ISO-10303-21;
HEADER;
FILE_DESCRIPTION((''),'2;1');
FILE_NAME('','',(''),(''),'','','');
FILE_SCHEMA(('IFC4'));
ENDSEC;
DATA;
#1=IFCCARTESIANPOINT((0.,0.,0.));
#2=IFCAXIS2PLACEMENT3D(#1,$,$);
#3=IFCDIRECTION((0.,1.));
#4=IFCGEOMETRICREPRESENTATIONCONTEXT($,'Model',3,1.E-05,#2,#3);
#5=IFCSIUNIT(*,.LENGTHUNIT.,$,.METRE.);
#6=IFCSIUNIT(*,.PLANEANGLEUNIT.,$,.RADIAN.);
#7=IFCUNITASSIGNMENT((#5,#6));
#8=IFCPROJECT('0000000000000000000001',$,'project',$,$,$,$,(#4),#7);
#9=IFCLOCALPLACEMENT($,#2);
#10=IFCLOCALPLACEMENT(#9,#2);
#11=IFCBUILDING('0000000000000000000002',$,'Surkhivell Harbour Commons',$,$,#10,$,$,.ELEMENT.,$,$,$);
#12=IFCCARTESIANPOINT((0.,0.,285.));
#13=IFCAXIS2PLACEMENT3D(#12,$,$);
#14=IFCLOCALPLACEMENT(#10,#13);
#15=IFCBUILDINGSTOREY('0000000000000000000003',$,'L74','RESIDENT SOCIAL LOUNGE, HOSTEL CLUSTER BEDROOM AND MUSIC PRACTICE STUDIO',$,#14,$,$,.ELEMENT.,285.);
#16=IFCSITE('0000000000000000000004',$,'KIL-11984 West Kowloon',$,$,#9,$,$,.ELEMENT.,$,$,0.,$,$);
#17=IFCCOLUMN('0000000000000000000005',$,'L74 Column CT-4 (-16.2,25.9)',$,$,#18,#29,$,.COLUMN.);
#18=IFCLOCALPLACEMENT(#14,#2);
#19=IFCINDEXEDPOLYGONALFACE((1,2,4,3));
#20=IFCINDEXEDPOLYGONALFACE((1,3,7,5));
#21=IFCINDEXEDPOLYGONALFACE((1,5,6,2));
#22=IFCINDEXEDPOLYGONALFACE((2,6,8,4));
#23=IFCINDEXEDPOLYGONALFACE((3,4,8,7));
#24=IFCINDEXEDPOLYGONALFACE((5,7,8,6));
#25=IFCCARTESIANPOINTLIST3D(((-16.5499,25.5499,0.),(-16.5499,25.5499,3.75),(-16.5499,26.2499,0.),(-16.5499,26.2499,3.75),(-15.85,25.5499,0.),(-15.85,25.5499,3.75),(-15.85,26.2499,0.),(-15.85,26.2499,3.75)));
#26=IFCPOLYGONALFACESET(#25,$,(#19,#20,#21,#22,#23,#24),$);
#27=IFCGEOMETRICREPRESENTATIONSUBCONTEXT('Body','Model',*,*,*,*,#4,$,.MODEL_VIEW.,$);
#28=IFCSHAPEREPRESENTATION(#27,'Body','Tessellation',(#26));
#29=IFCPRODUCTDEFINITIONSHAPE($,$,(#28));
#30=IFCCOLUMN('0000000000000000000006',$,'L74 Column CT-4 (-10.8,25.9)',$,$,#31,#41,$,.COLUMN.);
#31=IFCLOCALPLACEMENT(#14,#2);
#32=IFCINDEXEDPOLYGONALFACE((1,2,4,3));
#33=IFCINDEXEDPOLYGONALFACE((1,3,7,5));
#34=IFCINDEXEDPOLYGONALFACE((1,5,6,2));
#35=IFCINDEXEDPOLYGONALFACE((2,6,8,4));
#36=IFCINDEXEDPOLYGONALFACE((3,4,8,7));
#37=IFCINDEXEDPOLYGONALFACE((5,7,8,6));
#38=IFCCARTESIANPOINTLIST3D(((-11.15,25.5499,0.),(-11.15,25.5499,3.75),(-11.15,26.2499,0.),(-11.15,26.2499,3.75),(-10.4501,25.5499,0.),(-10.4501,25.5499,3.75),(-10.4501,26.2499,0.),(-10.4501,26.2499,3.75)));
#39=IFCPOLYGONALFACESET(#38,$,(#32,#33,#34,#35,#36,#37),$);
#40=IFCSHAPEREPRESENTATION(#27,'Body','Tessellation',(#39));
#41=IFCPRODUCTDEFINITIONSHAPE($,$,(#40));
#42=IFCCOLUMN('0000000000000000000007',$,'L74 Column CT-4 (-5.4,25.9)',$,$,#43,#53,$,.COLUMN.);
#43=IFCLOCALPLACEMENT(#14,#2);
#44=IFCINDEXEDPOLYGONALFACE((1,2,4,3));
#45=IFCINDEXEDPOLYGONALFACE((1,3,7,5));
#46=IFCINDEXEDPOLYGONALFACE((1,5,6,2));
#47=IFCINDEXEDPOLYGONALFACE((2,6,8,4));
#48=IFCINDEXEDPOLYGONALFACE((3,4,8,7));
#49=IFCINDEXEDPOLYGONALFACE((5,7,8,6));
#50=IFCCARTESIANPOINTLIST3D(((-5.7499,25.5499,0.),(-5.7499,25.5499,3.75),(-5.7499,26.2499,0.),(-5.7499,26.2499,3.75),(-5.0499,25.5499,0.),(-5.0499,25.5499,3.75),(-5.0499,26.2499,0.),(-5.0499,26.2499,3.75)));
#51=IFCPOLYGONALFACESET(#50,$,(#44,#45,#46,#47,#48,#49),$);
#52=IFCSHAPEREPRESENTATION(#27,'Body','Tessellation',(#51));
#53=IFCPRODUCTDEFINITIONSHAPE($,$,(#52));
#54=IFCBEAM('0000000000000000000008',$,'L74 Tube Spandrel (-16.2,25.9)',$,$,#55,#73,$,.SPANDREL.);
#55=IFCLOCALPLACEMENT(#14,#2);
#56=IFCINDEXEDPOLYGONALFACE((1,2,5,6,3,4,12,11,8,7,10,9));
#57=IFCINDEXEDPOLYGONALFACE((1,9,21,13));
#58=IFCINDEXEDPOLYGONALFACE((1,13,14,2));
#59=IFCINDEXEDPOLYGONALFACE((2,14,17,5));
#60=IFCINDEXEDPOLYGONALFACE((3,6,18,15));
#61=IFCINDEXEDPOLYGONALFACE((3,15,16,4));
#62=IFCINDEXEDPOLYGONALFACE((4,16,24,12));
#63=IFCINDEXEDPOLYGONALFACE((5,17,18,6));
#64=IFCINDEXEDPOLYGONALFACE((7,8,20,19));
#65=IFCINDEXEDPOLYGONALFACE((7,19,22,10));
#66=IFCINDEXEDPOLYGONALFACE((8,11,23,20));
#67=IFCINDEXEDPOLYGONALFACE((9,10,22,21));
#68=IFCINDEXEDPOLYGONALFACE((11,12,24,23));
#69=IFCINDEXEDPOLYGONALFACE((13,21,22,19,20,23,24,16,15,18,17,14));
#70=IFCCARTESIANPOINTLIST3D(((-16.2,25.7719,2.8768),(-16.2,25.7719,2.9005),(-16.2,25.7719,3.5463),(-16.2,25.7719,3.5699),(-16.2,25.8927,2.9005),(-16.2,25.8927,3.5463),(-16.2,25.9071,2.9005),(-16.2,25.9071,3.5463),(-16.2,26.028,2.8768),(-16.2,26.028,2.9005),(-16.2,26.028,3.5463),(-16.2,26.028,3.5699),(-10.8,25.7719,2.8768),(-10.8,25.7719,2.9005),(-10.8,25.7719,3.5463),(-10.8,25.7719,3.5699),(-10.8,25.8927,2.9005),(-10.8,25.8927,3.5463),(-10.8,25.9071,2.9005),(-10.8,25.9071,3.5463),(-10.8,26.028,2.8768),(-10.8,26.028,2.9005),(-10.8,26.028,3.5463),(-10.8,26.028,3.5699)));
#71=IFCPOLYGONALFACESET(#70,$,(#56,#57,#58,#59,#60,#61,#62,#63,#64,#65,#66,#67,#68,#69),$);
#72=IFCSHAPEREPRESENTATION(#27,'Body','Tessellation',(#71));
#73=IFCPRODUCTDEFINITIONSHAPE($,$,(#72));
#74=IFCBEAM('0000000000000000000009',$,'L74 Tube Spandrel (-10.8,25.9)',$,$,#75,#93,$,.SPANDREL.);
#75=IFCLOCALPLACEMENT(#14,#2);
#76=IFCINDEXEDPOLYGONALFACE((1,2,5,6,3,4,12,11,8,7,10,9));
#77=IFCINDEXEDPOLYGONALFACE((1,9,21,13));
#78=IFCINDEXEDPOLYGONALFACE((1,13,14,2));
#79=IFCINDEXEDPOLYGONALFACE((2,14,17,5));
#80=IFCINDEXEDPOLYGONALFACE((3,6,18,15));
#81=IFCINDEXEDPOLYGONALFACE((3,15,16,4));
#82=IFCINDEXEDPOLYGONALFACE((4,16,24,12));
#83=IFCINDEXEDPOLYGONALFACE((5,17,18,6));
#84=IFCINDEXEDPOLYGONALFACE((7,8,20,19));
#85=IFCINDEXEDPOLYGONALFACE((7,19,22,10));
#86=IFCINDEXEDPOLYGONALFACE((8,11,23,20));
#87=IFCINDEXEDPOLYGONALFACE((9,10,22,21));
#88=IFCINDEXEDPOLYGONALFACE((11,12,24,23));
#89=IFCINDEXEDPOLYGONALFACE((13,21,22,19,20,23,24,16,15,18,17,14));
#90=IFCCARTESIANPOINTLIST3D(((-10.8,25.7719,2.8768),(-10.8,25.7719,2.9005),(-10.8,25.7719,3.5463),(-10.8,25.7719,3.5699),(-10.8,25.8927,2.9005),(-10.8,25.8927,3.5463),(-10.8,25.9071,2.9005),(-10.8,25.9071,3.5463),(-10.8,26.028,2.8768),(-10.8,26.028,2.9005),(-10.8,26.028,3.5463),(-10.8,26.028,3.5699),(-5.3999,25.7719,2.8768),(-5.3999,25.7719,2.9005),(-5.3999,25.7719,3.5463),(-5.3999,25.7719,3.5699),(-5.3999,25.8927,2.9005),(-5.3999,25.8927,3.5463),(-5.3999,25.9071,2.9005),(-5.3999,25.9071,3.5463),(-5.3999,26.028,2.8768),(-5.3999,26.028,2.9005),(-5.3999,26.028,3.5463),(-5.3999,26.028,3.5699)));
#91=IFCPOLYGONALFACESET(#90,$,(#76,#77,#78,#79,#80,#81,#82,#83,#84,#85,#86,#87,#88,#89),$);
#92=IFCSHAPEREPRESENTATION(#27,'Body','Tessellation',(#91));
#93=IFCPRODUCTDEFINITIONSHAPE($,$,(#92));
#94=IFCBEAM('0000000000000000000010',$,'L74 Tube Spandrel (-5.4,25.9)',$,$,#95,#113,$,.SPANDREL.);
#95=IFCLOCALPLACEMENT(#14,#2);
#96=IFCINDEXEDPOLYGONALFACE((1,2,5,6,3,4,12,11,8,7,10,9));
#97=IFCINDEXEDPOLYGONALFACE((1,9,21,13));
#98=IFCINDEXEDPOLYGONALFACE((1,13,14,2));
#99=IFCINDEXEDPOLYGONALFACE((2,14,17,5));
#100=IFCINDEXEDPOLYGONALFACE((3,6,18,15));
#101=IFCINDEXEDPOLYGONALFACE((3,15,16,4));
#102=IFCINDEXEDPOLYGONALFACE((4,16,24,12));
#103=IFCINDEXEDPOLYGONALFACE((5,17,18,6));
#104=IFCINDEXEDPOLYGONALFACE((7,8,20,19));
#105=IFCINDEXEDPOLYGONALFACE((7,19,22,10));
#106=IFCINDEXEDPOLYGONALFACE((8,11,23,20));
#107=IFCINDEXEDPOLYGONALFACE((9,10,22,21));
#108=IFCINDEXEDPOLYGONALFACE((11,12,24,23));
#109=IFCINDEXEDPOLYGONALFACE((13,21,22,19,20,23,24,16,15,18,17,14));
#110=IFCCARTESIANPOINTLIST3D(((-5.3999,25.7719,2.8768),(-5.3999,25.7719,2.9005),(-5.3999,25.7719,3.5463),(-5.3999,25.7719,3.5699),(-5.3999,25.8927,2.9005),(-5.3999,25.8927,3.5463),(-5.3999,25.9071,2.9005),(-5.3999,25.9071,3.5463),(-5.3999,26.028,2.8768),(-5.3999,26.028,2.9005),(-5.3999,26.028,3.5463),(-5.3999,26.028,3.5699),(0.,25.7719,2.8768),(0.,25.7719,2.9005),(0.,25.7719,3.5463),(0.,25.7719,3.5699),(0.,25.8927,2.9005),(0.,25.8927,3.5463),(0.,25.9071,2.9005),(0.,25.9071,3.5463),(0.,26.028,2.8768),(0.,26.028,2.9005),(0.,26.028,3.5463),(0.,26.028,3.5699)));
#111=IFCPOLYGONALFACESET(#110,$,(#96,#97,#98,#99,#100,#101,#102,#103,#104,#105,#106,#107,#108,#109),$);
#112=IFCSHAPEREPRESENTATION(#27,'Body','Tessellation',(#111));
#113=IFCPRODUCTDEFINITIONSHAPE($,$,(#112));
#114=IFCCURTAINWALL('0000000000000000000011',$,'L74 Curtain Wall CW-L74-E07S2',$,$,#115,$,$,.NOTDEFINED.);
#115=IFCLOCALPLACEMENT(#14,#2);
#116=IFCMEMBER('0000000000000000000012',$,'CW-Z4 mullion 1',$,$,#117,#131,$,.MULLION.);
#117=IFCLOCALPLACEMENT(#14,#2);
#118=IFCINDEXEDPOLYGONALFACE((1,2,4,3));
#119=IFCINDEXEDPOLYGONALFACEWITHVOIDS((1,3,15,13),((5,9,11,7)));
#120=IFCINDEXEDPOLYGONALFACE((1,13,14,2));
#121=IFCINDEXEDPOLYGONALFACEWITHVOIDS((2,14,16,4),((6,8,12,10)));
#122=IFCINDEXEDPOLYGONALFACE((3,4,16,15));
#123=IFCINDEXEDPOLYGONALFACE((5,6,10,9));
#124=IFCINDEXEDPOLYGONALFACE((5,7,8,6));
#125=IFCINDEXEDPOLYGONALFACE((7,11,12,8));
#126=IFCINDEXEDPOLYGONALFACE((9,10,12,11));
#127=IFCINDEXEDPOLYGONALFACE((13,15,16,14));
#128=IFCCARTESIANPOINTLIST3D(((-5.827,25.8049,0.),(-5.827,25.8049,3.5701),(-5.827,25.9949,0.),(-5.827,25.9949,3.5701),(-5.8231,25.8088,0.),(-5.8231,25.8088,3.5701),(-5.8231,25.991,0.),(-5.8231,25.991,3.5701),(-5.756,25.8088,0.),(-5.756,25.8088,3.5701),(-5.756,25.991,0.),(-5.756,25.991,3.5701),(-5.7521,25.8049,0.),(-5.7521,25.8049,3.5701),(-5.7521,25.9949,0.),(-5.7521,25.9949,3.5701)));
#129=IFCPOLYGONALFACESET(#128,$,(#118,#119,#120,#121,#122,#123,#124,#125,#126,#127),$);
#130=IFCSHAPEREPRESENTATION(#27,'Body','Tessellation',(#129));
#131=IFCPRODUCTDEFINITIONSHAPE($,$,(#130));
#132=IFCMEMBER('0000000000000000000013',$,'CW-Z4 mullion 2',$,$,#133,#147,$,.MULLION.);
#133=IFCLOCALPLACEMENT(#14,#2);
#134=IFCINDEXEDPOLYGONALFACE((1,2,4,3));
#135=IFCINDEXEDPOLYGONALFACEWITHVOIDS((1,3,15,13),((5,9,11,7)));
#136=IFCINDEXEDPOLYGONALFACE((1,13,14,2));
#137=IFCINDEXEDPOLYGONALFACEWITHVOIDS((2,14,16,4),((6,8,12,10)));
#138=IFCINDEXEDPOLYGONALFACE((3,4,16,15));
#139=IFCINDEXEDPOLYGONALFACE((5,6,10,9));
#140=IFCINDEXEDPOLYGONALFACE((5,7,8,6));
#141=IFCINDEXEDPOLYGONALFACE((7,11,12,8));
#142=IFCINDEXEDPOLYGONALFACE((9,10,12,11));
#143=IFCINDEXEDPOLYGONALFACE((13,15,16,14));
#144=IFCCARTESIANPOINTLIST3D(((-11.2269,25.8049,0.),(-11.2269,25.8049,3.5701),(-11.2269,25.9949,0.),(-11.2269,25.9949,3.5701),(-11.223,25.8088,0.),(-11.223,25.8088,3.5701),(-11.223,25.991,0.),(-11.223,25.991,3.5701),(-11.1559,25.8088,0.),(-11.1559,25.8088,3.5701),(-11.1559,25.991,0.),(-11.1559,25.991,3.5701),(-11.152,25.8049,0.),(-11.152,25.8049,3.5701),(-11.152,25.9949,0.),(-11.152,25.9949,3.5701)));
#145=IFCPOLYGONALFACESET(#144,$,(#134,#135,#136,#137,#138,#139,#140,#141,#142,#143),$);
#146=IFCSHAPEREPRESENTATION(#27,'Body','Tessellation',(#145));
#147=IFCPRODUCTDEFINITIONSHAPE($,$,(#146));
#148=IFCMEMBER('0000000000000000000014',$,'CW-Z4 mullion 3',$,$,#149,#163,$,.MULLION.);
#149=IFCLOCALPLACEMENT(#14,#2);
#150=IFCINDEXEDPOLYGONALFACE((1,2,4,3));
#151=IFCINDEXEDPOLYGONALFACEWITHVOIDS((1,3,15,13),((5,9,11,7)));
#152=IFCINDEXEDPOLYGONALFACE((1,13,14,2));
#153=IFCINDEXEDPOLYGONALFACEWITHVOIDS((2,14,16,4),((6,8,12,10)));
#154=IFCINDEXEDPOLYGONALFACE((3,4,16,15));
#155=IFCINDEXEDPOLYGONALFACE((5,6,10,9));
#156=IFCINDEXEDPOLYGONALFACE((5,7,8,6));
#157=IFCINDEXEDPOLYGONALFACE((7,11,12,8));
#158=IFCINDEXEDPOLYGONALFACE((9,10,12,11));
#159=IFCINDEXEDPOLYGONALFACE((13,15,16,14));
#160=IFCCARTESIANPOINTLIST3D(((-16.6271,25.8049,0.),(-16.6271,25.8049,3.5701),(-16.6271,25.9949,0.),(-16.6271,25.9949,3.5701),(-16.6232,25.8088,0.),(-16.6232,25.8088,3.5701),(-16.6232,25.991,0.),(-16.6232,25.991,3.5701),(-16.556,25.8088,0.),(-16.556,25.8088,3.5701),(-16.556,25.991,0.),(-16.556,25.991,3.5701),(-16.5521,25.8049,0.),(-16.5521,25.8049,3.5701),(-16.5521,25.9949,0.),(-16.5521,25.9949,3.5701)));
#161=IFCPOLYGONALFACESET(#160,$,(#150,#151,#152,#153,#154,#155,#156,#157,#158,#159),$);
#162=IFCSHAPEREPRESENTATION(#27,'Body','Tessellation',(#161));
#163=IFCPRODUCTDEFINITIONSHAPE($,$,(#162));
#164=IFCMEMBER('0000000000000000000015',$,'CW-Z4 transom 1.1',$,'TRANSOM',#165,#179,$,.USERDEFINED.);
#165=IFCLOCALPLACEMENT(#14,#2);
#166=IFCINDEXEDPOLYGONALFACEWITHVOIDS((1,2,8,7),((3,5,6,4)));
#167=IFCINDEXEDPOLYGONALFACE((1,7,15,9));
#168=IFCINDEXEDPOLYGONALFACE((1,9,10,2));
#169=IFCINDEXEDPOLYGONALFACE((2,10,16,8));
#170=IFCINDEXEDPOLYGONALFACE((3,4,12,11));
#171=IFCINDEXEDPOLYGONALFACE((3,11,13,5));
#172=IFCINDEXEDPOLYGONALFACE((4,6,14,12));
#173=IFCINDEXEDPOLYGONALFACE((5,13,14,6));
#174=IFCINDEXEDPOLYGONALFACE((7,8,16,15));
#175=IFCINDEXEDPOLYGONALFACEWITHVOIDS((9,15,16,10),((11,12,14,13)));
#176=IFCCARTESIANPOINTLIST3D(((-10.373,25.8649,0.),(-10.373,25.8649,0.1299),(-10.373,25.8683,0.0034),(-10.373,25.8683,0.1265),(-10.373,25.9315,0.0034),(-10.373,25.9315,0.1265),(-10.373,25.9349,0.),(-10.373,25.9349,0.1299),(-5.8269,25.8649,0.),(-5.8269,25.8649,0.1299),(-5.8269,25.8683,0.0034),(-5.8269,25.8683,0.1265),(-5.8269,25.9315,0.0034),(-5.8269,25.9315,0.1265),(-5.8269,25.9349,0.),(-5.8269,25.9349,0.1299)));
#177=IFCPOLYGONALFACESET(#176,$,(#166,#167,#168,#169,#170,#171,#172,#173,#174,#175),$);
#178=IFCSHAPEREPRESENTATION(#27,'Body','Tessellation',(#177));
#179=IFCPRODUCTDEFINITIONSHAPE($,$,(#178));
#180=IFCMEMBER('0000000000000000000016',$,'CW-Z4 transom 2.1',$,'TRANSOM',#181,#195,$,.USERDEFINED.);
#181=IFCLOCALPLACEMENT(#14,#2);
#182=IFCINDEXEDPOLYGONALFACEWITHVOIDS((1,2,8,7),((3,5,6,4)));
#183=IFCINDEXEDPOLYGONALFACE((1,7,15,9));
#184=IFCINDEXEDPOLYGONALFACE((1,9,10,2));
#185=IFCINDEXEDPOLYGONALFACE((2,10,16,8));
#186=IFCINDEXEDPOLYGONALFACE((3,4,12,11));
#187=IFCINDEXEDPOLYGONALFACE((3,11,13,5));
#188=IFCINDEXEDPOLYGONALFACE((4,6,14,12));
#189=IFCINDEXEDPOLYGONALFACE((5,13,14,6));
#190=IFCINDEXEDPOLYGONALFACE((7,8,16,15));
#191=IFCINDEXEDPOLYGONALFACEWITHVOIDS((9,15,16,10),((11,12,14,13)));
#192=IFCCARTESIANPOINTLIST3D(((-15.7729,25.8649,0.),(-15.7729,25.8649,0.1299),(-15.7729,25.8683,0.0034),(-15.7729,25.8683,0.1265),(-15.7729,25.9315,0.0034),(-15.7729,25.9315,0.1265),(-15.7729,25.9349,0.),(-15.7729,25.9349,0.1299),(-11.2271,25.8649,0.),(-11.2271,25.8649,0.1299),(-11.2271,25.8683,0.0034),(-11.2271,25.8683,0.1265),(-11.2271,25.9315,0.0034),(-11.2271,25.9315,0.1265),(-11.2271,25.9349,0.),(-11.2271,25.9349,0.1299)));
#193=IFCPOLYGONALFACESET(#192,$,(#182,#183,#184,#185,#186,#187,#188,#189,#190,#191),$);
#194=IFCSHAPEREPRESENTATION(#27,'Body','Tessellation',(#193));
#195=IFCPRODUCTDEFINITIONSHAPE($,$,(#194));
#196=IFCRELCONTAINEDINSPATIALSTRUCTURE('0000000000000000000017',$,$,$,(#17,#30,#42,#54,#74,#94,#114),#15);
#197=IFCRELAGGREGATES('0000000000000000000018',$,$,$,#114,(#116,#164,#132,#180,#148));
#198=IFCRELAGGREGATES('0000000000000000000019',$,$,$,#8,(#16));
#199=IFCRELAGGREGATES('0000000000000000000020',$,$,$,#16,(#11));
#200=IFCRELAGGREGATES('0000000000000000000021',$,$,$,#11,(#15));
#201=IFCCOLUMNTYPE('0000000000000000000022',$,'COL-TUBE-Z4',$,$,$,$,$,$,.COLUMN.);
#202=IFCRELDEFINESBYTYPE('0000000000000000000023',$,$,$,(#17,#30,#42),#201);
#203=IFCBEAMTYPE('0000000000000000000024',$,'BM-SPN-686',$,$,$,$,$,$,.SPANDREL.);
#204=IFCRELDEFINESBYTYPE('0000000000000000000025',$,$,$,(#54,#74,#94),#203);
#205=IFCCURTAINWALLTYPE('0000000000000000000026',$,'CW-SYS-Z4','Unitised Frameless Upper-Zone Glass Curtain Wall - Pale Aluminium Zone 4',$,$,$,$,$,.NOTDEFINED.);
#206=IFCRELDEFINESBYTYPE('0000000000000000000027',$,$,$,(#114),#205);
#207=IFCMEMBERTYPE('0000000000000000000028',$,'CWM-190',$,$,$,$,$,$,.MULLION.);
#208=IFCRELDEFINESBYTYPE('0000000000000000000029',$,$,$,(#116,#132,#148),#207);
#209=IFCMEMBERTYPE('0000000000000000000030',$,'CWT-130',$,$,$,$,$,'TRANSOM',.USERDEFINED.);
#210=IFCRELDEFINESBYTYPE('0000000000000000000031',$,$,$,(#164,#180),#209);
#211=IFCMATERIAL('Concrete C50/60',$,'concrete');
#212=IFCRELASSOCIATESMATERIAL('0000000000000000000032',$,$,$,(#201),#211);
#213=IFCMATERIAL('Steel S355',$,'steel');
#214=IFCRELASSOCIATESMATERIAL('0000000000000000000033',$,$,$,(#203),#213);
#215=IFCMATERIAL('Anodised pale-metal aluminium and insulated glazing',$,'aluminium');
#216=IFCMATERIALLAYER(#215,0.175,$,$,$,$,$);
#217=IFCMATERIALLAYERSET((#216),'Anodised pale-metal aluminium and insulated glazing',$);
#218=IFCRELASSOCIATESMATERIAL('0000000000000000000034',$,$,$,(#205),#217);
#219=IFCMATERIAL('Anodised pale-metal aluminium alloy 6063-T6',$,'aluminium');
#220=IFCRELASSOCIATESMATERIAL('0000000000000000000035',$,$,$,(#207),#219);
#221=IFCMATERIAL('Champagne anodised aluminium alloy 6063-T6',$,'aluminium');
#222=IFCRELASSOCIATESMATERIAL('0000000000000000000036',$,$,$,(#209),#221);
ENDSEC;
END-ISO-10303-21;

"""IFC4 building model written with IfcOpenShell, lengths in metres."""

from ifc_helpers import new_model, si_unit, direction, frame, origin, origin_2d, place, context, subcontext, project, spatial, rectangle, hollow_rectangle, i_section, extrude, material, layer, layer_set, material_profile, profile_set, type_object, element, aggregate, save


model = new_model("IFC4")

# Units and contexts
model_context = context("Model", 3, precision=1e-05, world=origin(), true_north=direction((0.0, 1.0)))
body_context = subcontext(model_context, "Body", "Model", "MODEL_VIEW")
ifc_project = project(units=[si_unit("LENGTHUNIT", "METRE"), si_unit("PLANEANGLEUNIT", "RADIAN")], contexts=[model_context])

# Site, building, storey
site_placement = place(None, origin())
site = spatial("IfcSite", under=ifc_project, at=site_placement, Name="KIL-11984 West Kowloon", CompositionType="ELEMENT", RefElevation=0.0)
building_placement = place(site_placement, origin())
building = spatial("IfcBuilding", under=site, at=building_placement, Name="Surkhivell Harbour Commons", CompositionType="ELEMENT")
storey_placement = place(building_placement, frame((0.0, 0.0, 285.0)))
storey = spatial("IfcBuildingStorey", under=building, at=storey_placement, Name="L74", Description="RESIDENT SOCIAL LOUNGE, HOSTEL CLUSTER BEDROOM AND MUSIC PRACTICE STUDIO", CompositionType="ELEMENT", Elevation=285.0)

# Columns
ifc_material_1 = material(Name="Concrete C50/60", Category="concrete")
ifc_material_profile_1 = material_profile(ifc_material_1, rectangle(XDim=0.7, YDim=0.7, at=origin_2d()), Name="RC-COL-700x700")
ifc_profile_set_1 = profile_set([ifc_material_profile_1], Name="Concrete C50/60")
column_type = type_object("IfcColumnType", Name="COL-TUBE-Z4", PredefinedType="COLUMN", material=ifc_profile_set_1)
for number, where, z_axis, x_axis, name in (
    (1, (-16.2, 25.8999, 0.0), (0.0, 0.0, 1.0), (1.0, 0.0, 0.0), "L74 Column CT-4 (-16.2,25.9)"),
    (2, (-10.8, 25.8999, 0.0), (0.0, 0.0, 1.0), (1.0, 0.0, 0.0), "L74 Column CT-4 (-10.8,25.9)"),
    (3, (-5.3999, 25.8999, 0.0), (0.0, 0.0, 1.0), (1.0, 0.0, 0.0), "L74 Column CT-4 (-5.4,25.9)"),
):
    element("IfcColumn", number, at=place(storey_placement, frame(where, z_axis=z_axis, x_axis=x_axis)), inside=storey, type_object=column_type, Name=name, PredefinedType="COLUMN", context=body_context, shape_type="SweptSolid", body=[
        extrude(rectangle(XDim=0.7, YDim=0.7, at=origin_2d()), origin(), (0.0, 0.0, 1.0), 3.75),
    ])

# Beams
ifc_material_2 = material(Name="Steel S355", Category="steel")
ifc_material_profile_2 = material_profile(ifc_material_2, i_section(OverallWidth=0.2561, OverallDepth=0.6931, WebThickness=0.0144, FlangeThickness=0.0237, at=origin_2d()), Name="UB686x254x170")
ifc_profile_set_2 = profile_set([ifc_material_profile_2], Name="Steel S355")
beam_type = type_object("IfcBeamType", Name="BM-SPN-686", PredefinedType="SPANDREL", material=ifc_profile_set_2)
beam_1_placement = place(storey_placement, frame((-16.2, 25.8999, 3.2234), z_axis=(1.0, 0.0, 0.0), x_axis=(0.0, 1.0, 0.0)))
element("IfcBeam", 4, at=beam_1_placement, inside=storey, type_object=beam_type, Name="L74 Tube Spandrel (-16.2,25.9)", PredefinedType="SPANDREL", context=body_context, shape_type="SweptSolid", body=[
    extrude(i_section(OverallWidth=0.2561, OverallDepth=0.6931, WebThickness=0.0144, FlangeThickness=0.0237, at=origin_2d()), origin(), (0.0, 0.0, 1.0), 5.3999),
])
beam_2_placement = place(storey_placement, frame((-10.8, 25.8999, 3.2234), z_axis=(1.0, 0.0, 0.0), x_axis=(0.0, 1.0, 0.0)))
element("IfcBeam", 5, at=beam_2_placement, inside=storey, type_object=beam_type, Name="L74 Tube Spandrel (-10.8,25.9)", PredefinedType="SPANDREL", context=body_context, shape_type="SweptSolid", body=[
    extrude(i_section(OverallWidth=0.2561, OverallDepth=0.6931, WebThickness=0.0144, FlangeThickness=0.0237, at=origin_2d()), origin(), (0.0, 0.0, 1.0), 5.4001),
])
beam_3_placement = place(storey_placement, frame((-5.3999, 25.8999, 3.2234), z_axis=(1.0, 0.0, 0.0), x_axis=(0.0, 1.0, 0.0)))
element("IfcBeam", 6, at=beam_3_placement, inside=storey, type_object=beam_type, Name="L74 Tube Spandrel (-5.4,25.9)", PredefinedType="SPANDREL", context=body_context, shape_type="SweptSolid", body=[
    extrude(i_section(OverallWidth=0.2561, OverallDepth=0.6931, WebThickness=0.0144, FlangeThickness=0.0237, at=origin_2d()), origin(), (0.0, 0.0, 1.0), 5.3999),
])

# Curtain wall, members
ifc_material_3 = material(Name="Anodised pale-metal aluminium and insulated glazing", Category="aluminium")
ifc_layer_1 = layer(ifc_material_3, 0.175)
ifc_layer_set_1 = layer_set([ifc_layer_1], Name="Anodised pale-metal aluminium and insulated glazing")
curtain_wall_type = type_object("IfcCurtainWallType", Name="CW-SYS-Z4", Description="Unitised Frameless Upper-Zone Glass Curtain Wall - Pale Aluminium Zone 4", PredefinedType="NOTDEFINED", material=ifc_layer_set_1)
curtain_wall_placement = place(storey_placement, origin())
curtain_wall = element("IfcCurtainWall", 7, at=curtain_wall_placement, inside=storey, type_object=curtain_wall_type, Name="L74 Curtain Wall CW-L74-E07S2", PredefinedType="NOTDEFINED")
ifc_material_4 = material(Name="Anodised pale-metal aluminium alloy 6063-T6", Category="aluminium")
ifc_material_profile_3 = material_profile(ifc_material_4, hollow_rectangle(XDim=0.075, YDim=0.1899, WallThickness=0.0039, at=origin_2d()), Name="ALU-MULL-75x190")
ifc_profile_set_3 = profile_set([ifc_material_profile_3], Name="Anodised pale-metal aluminium alloy 6063-T6")
member_type_1 = type_object("IfcMemberType", Name="CWM-190", PredefinedType="MULLION", material=ifc_profile_set_3)
member_1_placement = place(storey_placement, frame((-5.7896, 25.8999, 0.0), z_axis=(0.0, 0.0, 1.0), x_axis=(-1.0, 0.0, 0.0)))
member_1 = element("IfcMember", 8, at=member_1_placement, type_object=member_type_1, Name="CW-Z4 mullion 1", PredefinedType="MULLION", context=body_context, shape_type="SweptSolid", body=[
    extrude(hollow_rectangle(XDim=0.075, YDim=0.1899, WallThickness=0.0039, at=origin_2d()), origin(), (0.0, 0.0, 1.0), 3.5701),
])
member_2_placement = place(storey_placement, frame((-11.1895, 25.8999, 0.0), z_axis=(0.0, 0.0, 1.0), x_axis=(-1.0, 0.0, 0.0)))
member_2 = element("IfcMember", 9, at=member_2_placement, type_object=member_type_1, Name="CW-Z4 mullion 2", PredefinedType="MULLION", context=body_context, shape_type="SweptSolid", body=[
    extrude(hollow_rectangle(XDim=0.075, YDim=0.1899, WallThickness=0.0039, at=origin_2d()), origin(), (0.0, 0.0, 1.0), 3.5701),
])
member_3_placement = place(storey_placement, frame((-16.5896, 25.8999, 0.0), z_axis=(0.0, 0.0, 1.0), x_axis=(-1.0, 0.0, 0.0)))
member_3 = element("IfcMember", 10, at=member_3_placement, type_object=member_type_1, Name="CW-Z4 mullion 3", PredefinedType="MULLION", context=body_context, shape_type="SweptSolid", body=[
    extrude(hollow_rectangle(XDim=0.075, YDim=0.1899, WallThickness=0.0039, at=origin_2d()), origin(), (0.0, 0.0, 1.0), 3.5701),
])
ifc_material_5 = material(Name="Champagne anodised aluminium alloy 6063-T6", Category="aluminium")
ifc_material_profile_4 = material_profile(ifc_material_5, hollow_rectangle(XDim=0.0701, YDim=0.1299, WallThickness=0.0034, at=origin_2d()), Name="ALU-TRAN-70x130")
ifc_profile_set_4 = profile_set([ifc_material_profile_4], Name="Champagne anodised aluminium alloy 6063-T6")
member_type_2 = type_object("IfcMemberType", Name="CWT-130", ElementType="TRANSOM", PredefinedType="USERDEFINED", material=ifc_profile_set_4)
member_4_placement = place(storey_placement, frame((-5.8269, 25.8999, 0.0649), z_axis=(-1.0, 0.0, 0.0), x_axis=(0.0, -1.0, 0.0)))
member_4 = element("IfcMember", 11, at=member_4_placement, type_object=member_type_2, Name="CW-Z4 transom 1.1", ObjectType="TRANSOM", PredefinedType="USERDEFINED", context=body_context, shape_type="SweptSolid", body=[
    extrude(hollow_rectangle(XDim=0.0701, YDim=0.1299, WallThickness=0.0034, at=origin_2d()), origin(), (0.0, 0.0, 1.0), 4.5461),
])
member_5_placement = place(storey_placement, frame((-11.2271, 25.8999, 0.0649), z_axis=(-1.0, 0.0, 0.0), x_axis=(0.0, -1.0, 0.0)))
member_5 = element("IfcMember", 12, at=member_5_placement, type_object=member_type_2, Name="CW-Z4 transom 2.1", ObjectType="TRANSOM", PredefinedType="USERDEFINED", context=body_context, shape_type="SweptSolid", body=[
    extrude(hollow_rectangle(XDim=0.0701, YDim=0.1299, WallThickness=0.0034, at=origin_2d()), origin(), (0.0, 0.0, 1.0), 4.5459),
])

aggregate(curtain_wall, [member_1, member_4, member_2, member_5, member_3])

save(model, "model.ifc")
